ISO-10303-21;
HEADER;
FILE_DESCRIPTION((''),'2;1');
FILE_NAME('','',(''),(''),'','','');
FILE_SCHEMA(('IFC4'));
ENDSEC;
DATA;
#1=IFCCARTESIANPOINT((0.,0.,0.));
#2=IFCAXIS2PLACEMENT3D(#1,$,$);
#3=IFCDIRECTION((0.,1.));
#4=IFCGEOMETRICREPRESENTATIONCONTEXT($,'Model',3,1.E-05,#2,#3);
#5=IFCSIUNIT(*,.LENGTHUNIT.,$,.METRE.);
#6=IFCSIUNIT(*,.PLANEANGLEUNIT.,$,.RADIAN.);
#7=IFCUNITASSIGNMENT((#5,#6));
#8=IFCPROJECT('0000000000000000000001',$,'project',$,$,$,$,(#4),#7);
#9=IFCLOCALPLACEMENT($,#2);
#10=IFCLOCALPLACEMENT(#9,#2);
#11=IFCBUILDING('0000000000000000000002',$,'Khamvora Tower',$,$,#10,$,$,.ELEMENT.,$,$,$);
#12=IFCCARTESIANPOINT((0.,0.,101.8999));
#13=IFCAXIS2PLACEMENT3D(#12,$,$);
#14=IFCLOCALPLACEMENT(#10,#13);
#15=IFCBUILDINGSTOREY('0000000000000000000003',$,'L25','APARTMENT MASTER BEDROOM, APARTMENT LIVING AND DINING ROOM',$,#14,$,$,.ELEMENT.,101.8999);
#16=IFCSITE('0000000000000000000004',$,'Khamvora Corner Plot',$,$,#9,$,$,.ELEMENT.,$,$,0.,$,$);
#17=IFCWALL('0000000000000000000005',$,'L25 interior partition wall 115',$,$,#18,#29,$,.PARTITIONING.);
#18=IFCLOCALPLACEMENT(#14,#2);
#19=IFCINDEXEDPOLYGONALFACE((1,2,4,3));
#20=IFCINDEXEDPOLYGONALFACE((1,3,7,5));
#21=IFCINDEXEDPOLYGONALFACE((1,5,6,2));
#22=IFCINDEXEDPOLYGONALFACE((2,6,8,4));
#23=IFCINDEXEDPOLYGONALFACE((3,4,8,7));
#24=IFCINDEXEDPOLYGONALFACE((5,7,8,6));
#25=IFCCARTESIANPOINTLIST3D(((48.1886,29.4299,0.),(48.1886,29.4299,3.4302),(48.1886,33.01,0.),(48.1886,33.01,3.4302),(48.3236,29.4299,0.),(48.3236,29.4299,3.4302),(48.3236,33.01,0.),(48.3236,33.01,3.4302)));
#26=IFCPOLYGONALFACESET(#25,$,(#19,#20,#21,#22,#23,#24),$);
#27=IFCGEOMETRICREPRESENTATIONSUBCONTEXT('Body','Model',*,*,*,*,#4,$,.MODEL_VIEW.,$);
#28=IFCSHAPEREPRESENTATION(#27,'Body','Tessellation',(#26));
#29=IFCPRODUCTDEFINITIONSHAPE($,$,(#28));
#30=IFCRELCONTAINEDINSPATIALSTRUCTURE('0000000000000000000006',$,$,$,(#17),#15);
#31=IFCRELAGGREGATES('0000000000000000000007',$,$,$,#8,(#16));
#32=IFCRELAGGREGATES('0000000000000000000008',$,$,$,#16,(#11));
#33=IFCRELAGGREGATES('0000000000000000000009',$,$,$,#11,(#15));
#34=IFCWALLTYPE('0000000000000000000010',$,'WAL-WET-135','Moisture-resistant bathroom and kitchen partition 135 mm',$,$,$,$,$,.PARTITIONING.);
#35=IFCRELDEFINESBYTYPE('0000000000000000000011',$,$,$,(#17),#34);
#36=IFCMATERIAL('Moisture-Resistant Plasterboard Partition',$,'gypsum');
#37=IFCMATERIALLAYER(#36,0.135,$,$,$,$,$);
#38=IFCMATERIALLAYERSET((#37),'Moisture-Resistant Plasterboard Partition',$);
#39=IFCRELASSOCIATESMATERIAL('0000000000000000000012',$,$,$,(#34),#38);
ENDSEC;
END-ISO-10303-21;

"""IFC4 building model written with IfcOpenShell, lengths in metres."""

from ifc_helpers import new_model, si_unit, direction, frame, frame_2d, origin, place, context, subcontext, project, spatial, rectangle, extrude, material, layer, layer_set, type_object, element, save


model = new_model("IFC4")

# Units and contexts
model_context = context("Model", 3, precision=1e-05, world=origin(), true_north=direction((0.0, 1.0)))
body_context = subcontext(model_context, "Body", "Model", "MODEL_VIEW")
ifc_project = project(units=[si_unit("LENGTHUNIT", "METRE"), si_unit("PLANEANGLEUNIT", "RADIAN")], contexts=[model_context])

# Site, building, storey
site_placement = place(None, origin())
site = spatial("IfcSite", under=ifc_project, at=site_placement, Name="Khamvora Corner Plot", CompositionType="ELEMENT", RefElevation=0.0)
building_placement = place(site_placement, origin())
building = spatial("IfcBuilding", under=site, at=building_placement, Name="Khamvora Tower", CompositionType="ELEMENT")
storey_placement = place(building_placement, frame((0.0, 0.0, 101.8999)))
storey = spatial("IfcBuildingStorey", under=building, at=storey_placement, Name="L25", Description="APARTMENT MASTER BEDROOM, APARTMENT LIVING AND DINING ROOM", CompositionType="ELEMENT", Elevation=101.8999)

# Shared definitions
ifc_material_1 = material(Name="Moisture-Resistant Plasterboard Partition", Category="gypsum")
ifc_layer_1 = layer(ifc_material_1, 0.135)
ifc_layer_set_1 = layer_set([ifc_layer_1], Name="Moisture-Resistant Plasterboard Partition")
wall_type_1 = type_object("IfcWallType", Name="WAL-WET-135", Description="Moisture-resistant bathroom and kitchen partition 135 mm", PredefinedType="PARTITIONING", material=ifc_layer_set_1)

# Wall
wall_1_placement = place(storey_placement, frame((48.2561, 33.01, 0.0), z_axis=(0.0, 0.0, 1.0), x_axis=(0.0, -1.0, 0.0)))
element("IfcWall", 1, at=wall_1_placement, inside=storey, type_object=wall_type_1, Name="L25 interior partition wall 115", PredefinedType="PARTITIONING", context=body_context, shape_type="SweptSolid", body=[
    extrude(rectangle(XDim=3.5801, YDim=0.135, at=frame_2d((1.79, 0.0))), origin(), (0.0, 0.0, 1.0), 3.4302),
])

save(model, "model.ifc")
